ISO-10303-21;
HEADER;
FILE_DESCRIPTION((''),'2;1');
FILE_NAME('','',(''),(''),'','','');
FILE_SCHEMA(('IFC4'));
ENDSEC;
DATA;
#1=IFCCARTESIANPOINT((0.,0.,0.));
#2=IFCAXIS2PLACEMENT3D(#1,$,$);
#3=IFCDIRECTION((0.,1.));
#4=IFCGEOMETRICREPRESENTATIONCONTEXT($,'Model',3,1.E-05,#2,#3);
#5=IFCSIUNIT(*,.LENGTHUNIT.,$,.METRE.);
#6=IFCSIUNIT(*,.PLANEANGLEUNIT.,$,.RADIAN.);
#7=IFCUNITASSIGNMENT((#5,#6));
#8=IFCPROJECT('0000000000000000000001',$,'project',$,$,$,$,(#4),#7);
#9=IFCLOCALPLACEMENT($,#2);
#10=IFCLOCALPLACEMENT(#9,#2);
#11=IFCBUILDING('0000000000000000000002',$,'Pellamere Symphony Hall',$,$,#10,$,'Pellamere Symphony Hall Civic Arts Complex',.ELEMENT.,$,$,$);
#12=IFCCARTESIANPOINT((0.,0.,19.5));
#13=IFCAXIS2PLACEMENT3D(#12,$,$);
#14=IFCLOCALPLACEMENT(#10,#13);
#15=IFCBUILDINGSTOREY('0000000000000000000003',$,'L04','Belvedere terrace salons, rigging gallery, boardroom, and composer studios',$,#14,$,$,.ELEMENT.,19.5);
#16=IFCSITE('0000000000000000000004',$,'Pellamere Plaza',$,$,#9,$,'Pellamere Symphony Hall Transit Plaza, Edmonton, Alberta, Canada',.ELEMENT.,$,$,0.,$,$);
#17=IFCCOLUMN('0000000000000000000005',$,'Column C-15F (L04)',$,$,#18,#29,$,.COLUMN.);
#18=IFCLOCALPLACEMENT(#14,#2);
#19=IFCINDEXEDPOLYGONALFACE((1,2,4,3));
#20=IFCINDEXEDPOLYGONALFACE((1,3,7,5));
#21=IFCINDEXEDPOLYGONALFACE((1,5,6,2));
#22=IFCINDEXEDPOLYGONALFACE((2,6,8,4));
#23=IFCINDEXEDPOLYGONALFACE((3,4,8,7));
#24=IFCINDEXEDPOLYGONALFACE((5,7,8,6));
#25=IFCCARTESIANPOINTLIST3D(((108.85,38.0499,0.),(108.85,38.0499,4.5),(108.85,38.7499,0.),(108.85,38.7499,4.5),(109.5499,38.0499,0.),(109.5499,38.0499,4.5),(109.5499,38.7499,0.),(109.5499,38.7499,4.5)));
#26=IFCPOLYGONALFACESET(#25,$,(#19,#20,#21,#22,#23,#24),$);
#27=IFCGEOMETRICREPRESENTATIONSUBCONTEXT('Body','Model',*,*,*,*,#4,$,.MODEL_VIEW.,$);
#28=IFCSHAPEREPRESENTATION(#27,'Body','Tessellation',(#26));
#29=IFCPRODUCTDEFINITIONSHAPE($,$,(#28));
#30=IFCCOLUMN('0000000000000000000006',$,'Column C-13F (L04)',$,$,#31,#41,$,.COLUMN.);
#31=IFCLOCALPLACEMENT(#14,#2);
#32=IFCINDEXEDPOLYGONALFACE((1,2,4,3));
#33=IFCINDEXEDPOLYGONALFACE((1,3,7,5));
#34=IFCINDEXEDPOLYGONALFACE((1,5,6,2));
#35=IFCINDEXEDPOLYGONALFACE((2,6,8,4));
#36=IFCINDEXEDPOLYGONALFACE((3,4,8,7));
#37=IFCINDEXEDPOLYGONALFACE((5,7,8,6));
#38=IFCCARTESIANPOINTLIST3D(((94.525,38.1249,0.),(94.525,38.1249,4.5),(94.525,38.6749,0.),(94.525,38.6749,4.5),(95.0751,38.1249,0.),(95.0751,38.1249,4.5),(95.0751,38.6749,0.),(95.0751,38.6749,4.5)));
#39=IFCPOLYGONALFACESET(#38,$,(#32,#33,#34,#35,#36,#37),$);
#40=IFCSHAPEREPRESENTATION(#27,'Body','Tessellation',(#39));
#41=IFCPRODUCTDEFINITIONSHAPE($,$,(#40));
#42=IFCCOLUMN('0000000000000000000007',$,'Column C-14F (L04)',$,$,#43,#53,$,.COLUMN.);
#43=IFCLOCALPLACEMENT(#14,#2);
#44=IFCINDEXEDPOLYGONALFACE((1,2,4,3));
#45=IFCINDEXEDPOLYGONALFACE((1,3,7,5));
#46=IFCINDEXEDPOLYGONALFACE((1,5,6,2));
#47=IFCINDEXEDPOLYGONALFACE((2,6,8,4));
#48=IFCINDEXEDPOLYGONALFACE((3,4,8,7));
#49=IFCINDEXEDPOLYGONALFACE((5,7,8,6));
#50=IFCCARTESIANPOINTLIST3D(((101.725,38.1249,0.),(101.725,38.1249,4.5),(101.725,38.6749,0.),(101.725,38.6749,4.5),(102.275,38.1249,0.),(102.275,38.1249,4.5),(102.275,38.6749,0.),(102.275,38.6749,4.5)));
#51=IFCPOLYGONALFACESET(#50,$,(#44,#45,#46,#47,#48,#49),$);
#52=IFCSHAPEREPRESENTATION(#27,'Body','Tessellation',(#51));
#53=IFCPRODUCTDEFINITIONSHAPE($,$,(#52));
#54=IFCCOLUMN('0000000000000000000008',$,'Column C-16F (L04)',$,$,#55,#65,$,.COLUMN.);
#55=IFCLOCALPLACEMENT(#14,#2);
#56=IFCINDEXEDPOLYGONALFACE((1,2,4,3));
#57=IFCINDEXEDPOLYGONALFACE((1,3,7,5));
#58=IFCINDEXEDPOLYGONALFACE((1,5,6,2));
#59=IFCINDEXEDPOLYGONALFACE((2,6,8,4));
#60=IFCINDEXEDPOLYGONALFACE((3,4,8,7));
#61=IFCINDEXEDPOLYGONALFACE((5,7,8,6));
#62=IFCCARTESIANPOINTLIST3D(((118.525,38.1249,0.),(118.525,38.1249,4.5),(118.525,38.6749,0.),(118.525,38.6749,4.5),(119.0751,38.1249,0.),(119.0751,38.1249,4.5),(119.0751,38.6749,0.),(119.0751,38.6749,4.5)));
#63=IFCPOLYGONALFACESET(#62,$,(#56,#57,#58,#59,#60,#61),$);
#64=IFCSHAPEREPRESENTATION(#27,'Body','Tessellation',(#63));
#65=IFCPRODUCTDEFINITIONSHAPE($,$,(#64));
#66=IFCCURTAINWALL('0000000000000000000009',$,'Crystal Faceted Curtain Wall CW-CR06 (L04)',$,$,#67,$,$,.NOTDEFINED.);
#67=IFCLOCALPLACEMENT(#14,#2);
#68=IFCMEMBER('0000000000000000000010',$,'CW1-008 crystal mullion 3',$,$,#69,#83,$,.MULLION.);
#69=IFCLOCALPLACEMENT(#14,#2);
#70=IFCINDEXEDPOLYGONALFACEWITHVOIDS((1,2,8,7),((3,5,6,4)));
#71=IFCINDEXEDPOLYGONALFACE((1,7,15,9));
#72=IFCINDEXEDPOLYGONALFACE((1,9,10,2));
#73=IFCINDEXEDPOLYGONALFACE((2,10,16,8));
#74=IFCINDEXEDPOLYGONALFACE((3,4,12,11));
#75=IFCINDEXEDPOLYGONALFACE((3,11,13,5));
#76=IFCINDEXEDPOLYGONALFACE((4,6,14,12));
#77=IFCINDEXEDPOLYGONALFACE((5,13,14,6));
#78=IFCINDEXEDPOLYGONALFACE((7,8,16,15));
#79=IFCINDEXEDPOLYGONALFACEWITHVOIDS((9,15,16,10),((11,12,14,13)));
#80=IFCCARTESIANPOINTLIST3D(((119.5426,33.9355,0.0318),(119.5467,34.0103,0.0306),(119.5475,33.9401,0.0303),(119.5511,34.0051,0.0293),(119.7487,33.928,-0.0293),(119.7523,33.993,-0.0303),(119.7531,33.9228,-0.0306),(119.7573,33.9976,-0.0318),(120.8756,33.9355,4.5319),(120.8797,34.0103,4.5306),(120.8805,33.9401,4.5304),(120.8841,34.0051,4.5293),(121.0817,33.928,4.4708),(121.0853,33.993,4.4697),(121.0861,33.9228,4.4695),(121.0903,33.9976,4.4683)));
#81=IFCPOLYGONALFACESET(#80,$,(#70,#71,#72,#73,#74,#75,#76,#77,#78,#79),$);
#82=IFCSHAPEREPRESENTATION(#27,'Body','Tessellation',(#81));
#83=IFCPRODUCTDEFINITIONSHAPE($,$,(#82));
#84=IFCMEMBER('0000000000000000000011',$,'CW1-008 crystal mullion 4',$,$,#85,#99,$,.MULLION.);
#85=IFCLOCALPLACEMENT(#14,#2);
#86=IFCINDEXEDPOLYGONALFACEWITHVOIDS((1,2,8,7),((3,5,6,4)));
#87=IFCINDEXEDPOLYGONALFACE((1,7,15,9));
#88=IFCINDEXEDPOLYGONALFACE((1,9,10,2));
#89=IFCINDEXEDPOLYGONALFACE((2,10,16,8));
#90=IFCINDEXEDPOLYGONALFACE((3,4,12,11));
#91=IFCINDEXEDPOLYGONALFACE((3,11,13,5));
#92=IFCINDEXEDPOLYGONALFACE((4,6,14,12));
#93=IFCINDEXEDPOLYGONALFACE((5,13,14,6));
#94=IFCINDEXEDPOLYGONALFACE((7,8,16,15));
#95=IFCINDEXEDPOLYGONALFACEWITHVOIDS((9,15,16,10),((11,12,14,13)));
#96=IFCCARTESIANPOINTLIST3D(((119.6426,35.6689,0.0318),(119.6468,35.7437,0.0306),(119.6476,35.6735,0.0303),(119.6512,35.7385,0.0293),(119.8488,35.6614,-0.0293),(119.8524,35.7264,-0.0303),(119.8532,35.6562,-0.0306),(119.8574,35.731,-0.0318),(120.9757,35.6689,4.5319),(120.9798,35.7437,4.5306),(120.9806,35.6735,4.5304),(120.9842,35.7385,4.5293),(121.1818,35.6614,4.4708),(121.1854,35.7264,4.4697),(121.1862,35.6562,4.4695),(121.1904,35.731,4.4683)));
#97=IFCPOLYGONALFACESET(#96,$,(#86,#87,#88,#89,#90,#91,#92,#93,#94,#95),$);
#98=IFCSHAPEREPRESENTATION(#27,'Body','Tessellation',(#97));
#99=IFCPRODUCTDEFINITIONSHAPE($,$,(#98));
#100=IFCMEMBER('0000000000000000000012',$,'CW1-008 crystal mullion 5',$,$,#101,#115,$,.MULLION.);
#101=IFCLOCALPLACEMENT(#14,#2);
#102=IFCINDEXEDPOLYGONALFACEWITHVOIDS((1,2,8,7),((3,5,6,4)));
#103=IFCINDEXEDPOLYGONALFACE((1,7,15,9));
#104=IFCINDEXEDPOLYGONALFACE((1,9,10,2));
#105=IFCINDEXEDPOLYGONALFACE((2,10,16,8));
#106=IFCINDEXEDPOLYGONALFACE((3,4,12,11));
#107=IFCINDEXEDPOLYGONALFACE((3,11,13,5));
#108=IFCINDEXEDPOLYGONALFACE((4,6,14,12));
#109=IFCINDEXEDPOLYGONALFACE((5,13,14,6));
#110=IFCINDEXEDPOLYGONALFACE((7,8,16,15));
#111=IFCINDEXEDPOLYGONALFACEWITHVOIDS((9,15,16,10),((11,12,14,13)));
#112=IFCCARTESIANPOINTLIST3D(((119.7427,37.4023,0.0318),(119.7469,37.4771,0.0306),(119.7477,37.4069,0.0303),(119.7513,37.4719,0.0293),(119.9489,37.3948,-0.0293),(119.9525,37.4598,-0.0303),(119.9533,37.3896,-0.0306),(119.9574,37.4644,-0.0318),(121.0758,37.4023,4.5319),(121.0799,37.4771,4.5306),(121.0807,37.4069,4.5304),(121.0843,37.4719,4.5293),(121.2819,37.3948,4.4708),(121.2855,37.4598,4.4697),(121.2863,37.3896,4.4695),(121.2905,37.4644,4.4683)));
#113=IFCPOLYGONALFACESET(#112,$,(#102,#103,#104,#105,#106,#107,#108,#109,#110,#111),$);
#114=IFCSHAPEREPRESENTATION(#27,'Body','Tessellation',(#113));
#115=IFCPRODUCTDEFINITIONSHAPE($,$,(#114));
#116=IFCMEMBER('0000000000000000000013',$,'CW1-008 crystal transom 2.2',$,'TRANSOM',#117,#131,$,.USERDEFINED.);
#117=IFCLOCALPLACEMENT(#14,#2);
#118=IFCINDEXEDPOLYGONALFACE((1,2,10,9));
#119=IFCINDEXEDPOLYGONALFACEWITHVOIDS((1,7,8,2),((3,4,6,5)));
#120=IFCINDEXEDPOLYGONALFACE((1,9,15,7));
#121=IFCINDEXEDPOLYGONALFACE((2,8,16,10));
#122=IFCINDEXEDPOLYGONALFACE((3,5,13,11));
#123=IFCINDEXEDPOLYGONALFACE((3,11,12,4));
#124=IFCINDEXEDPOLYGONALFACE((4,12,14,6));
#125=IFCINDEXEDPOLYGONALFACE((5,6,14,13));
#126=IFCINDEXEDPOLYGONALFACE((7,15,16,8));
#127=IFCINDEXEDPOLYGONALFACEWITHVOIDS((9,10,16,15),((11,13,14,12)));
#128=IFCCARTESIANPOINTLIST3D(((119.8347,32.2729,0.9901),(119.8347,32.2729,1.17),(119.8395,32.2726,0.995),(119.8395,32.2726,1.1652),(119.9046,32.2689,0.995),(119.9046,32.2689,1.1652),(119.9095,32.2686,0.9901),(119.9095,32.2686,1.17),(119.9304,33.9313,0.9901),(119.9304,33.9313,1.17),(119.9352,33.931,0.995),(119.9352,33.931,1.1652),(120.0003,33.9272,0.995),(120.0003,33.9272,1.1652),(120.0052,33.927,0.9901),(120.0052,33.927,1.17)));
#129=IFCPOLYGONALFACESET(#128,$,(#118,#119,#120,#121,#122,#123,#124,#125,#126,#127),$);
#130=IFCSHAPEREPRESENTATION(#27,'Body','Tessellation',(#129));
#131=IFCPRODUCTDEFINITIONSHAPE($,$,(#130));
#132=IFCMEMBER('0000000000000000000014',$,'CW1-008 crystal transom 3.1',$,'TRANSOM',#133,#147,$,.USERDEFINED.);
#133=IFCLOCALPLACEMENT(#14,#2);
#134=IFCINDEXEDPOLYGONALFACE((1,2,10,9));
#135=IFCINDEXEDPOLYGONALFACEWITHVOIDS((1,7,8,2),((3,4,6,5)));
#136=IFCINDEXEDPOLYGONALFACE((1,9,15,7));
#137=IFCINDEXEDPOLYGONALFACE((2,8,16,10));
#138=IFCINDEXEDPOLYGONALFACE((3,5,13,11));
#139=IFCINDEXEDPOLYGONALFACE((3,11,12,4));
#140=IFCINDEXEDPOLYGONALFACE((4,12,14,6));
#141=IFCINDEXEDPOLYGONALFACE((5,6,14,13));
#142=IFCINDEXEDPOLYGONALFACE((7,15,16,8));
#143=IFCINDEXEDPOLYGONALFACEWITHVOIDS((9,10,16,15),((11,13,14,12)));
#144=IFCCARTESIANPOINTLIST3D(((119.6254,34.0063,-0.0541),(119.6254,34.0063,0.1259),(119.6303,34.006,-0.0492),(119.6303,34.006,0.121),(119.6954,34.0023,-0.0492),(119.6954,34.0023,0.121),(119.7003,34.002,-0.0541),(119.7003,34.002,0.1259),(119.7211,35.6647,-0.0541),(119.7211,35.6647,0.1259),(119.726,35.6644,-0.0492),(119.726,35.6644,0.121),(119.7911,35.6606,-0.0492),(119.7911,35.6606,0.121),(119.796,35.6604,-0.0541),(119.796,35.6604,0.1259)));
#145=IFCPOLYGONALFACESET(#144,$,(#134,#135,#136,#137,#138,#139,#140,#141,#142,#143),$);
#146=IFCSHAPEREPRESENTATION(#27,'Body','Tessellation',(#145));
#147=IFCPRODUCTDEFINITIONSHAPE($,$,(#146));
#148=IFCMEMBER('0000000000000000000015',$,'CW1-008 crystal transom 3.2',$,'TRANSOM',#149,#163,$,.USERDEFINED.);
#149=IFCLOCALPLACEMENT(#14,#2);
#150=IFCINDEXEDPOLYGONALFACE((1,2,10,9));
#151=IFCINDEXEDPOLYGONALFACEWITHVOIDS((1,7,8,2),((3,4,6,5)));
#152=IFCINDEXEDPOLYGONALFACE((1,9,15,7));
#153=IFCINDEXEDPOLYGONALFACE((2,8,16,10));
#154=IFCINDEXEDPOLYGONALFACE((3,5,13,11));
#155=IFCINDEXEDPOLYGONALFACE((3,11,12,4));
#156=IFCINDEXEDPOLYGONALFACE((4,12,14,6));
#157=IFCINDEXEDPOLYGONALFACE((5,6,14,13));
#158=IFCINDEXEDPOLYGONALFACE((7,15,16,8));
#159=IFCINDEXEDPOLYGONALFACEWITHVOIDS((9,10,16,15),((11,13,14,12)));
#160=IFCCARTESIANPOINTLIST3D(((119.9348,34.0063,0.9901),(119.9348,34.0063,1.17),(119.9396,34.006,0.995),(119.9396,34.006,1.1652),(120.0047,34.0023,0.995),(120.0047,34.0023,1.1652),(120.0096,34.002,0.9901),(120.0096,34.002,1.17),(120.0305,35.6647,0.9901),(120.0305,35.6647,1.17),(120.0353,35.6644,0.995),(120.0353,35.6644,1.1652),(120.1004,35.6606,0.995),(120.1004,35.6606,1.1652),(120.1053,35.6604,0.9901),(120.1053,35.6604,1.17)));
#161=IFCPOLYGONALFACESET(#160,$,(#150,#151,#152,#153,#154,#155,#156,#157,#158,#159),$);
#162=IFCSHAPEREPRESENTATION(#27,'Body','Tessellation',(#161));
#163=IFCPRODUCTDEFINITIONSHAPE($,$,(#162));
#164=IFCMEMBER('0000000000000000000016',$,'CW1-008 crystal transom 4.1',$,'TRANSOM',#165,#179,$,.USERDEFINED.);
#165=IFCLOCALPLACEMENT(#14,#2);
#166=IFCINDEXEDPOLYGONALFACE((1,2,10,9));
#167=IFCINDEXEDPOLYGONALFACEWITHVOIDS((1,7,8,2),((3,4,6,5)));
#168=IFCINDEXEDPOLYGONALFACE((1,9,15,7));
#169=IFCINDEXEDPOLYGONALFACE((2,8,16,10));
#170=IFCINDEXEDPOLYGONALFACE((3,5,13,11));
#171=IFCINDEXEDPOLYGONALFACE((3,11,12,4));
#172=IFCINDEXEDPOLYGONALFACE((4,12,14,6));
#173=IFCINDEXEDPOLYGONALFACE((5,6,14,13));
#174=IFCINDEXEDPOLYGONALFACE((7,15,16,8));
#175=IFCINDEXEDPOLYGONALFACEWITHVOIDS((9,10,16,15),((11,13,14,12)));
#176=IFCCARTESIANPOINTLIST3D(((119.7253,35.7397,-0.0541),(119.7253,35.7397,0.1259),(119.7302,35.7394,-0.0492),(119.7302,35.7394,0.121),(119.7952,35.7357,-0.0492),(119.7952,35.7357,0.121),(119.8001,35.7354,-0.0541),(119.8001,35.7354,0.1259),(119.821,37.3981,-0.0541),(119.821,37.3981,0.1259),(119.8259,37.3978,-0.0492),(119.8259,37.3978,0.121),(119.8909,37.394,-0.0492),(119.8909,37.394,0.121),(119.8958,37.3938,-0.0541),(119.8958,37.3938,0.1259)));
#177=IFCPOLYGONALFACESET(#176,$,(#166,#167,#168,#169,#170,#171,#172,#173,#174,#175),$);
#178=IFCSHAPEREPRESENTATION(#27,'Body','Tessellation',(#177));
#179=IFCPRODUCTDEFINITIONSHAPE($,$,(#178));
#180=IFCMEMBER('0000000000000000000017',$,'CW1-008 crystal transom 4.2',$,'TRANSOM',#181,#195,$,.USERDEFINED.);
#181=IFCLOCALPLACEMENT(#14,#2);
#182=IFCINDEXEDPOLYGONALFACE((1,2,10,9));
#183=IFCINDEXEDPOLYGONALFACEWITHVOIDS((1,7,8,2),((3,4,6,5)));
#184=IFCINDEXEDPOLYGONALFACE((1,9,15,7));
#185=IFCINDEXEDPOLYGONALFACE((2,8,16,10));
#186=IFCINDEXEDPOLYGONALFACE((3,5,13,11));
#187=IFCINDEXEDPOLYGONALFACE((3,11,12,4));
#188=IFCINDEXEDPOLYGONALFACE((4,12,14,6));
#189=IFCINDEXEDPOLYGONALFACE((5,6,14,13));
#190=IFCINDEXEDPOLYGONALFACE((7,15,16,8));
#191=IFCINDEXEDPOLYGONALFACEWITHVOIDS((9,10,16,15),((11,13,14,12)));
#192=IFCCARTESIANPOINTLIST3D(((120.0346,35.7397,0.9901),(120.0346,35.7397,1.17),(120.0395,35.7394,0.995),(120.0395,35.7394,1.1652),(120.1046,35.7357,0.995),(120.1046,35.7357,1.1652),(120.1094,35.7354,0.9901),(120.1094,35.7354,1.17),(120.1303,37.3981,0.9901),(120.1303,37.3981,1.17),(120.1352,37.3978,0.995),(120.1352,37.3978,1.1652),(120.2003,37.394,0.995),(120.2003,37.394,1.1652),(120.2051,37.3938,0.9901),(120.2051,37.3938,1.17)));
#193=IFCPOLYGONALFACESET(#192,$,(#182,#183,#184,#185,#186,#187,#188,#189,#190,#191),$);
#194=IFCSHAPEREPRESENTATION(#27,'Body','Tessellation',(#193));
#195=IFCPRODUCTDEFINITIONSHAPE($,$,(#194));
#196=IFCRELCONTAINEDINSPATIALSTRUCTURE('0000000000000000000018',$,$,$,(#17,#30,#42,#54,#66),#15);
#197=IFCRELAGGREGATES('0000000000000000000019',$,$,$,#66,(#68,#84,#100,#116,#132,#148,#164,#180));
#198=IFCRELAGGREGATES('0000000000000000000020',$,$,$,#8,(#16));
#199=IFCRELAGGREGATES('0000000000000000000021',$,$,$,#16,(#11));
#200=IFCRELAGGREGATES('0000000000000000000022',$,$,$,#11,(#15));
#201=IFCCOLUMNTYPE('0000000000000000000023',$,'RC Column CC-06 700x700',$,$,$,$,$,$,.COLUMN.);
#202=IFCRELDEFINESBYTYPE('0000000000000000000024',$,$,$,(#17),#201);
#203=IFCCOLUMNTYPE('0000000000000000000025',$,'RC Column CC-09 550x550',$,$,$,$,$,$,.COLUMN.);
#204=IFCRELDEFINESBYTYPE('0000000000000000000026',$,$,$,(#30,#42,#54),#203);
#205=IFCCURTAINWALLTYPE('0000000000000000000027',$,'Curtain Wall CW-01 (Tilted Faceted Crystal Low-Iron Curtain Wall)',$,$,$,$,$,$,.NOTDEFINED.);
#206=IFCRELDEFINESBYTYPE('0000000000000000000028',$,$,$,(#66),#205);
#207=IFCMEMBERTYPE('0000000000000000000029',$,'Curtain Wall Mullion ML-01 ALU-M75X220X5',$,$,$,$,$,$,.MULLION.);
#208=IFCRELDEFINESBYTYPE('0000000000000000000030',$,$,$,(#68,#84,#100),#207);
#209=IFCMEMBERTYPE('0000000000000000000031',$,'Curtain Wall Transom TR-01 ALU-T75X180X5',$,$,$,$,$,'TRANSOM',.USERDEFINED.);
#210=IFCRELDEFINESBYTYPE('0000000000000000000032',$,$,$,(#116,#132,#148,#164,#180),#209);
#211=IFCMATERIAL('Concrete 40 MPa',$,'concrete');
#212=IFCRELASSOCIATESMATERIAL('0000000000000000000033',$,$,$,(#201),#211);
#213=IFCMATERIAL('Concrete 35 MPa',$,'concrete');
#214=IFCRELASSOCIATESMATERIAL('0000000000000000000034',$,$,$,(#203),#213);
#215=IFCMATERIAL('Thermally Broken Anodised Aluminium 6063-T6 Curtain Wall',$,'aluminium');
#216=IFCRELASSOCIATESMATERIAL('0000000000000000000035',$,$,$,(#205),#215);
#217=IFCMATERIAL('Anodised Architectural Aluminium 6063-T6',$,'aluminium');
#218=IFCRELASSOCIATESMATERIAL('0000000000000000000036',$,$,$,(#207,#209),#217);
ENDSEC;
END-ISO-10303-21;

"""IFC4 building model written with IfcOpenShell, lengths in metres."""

from ifc_helpers import new_model, si_unit, direction, frame, origin, origin_2d, place, context, subcontext, project, spatial, rectangle, hollow_rectangle, extrude, material, material_profile, profile_set, type_object, element, aggregate, save


model = new_model("IFC4")

# Units and contexts
model_context = context("Model", 3, precision=1e-05, world=origin(), true_north=direction((0.0, 1.0)))
body_context = subcontext(model_context, "Body", "Model", "MODEL_VIEW")
ifc_project = project(units=[si_unit("LENGTHUNIT", "METRE"), si_unit("PLANEANGLEUNIT", "RADIAN")], contexts=[model_context])

# Site, building, storey
site_placement = place(None, origin())
site = spatial("IfcSite", under=ifc_project, at=site_placement, Name="Pellamere Plaza", LongName="Pellamere Symphony Hall Transit Plaza, Edmonton, Alberta, Canada", CompositionType="ELEMENT", RefElevation=0.0)
building_placement = place(site_placement, origin())
building = spatial("IfcBuilding", under=site, at=building_placement, Name="Pellamere Symphony Hall", LongName="Pellamere Symphony Hall Civic Arts Complex", CompositionType="ELEMENT")
storey_placement = place(building_placement, frame((0.0, 0.0, 19.5)))
storey = spatial("IfcBuildingStorey", under=building, at=storey_placement, Name="L04", Description="Belvedere terrace salons, rigging gallery, boardroom, and composer studios", CompositionType="ELEMENT", Elevation=19.5)

# Columns
ifc_material_1 = material(Name="Concrete 40 MPa", Category="concrete")
ifc_material_profile_1 = material_profile(ifc_material_1, rectangle(XDim=0.7, YDim=0.7, at=origin_2d()), Name="RC 700x700")
ifc_profile_set_1 = profile_set([ifc_material_profile_1], Name="Concrete 40 MPa")
column_type_1 = type_object("IfcColumnType", Name="RC Column CC-06 700x700", PredefinedType="COLUMN", material=ifc_profile_set_1)
column_placement = place(storey_placement, frame((109.2, 38.3999, 0.0), z_axis=(0.0, 0.0, 1.0), x_axis=(1.0, 0.0, 0.0)))
element("IfcColumn", 1, at=column_placement, inside=storey, type_object=column_type_1, Name="Column C-15F (L04)", PredefinedType="COLUMN", context=body_context, shape_type="SweptSolid", body=[
    extrude(rectangle(XDim=0.7, YDim=0.7, at=origin_2d()), origin(), (0.0, 0.0, 1.0), 4.5),
])
ifc_material_2 = material(Name="Concrete 35 MPa", Category="concrete")
ifc_material_profile_2 = material_profile(ifc_material_2, rectangle(XDim=0.55, YDim=0.55, at=origin_2d()), Name="RC 550x550")
ifc_profile_set_2 = profile_set([ifc_material_profile_2], Name="Concrete 35 MPa")
column_type_2 = type_object("IfcColumnType", Name="RC Column CC-09 550x550", PredefinedType="COLUMN", material=ifc_profile_set_2)
for number, where, z_axis, x_axis, name in (
    (2, (94.8, 38.3999, 0.0), (0.0, 0.0, 1.0), (1.0, 0.0, 0.0), "Column C-13F (L04)"),
    (3, (102.0, 38.3999, 0.0), (0.0, 0.0, 1.0), (1.0, 0.0, 0.0), "Column C-14F (L04)"),
    (4, (118.8, 38.3999, 0.0), (0.0, 0.0, 1.0), (1.0, 0.0, 0.0), "Column C-16F (L04)"),
):
    element("IfcColumn", number, at=place(storey_placement, frame(where, z_axis=z_axis, x_axis=x_axis)), inside=storey, type_object=column_type_2, Name=name, PredefinedType="COLUMN", context=body_context, shape_type="SweptSolid", body=[
        extrude(rectangle(XDim=0.55, YDim=0.55, at=origin_2d()), origin(), (0.0, 0.0, 1.0), 4.5),
    ])

# Curtain wall, members
ifc_material_3 = material(Name="Thermally Broken Anodised Aluminium 6063-T6 Curtain Wall", Category="aluminium")
curtain_wall_type = type_object("IfcCurtainWallType", Name="Curtain Wall CW-01 (Tilted Faceted Crystal Low-Iron Curtain Wall)", PredefinedType="NOTDEFINED", material=ifc_material_3)
curtain_wall_placement = place(storey_placement, origin())
curtain_wall = element("IfcCurtainWall", 5, at=curtain_wall_placement, inside=storey, type_object=curtain_wall_type, Name="Crystal Faceted Curtain Wall CW-CR06 (L04)", PredefinedType="NOTDEFINED")
ifc_material_4 = material(Name="Anodised Architectural Aluminium 6063-T6", Category="aluminium")
ifc_material_profile_3 = material_profile(ifc_material_4, hollow_rectangle(XDim=0.075, YDim=0.22, WallThickness=0.0049, at=origin_2d()), Name="ALU-M75X220X5")
ifc_profile_set_3 = profile_set([ifc_material_profile_3], Name="Anodised Architectural Aluminium 6063-T6")
member_type_1 = type_object("IfcMemberType", Name="Curtain Wall Mullion ML-01 ALU-M75X220X5", PredefinedType="MULLION", material=ifc_profile_set_3)
member_1_placement = place(storey_placement, frame((119.6499, 33.9666, 0.0), z_axis=(0.284025, 0.0, 0.958817), x_axis=(-0.055225, -0.99834, 0.016359)))
member_1 = element("IfcMember", 6, at=member_1_placement, type_object=member_type_1, Name="CW1-008 crystal mullion 3", PredefinedType="MULLION", context=body_context, shape_type="SweptSolid", body=[
    extrude(hollow_rectangle(XDim=0.075, YDim=0.22, WallThickness=0.0049, at=origin_2d()), origin(), (0.0, 0.0, 1.0), 4.6934),
])
member_2_placement = place(storey_placement, frame((119.75, 35.7, 0.0), z_axis=(0.284025, 0.0, 0.958817), x_axis=(-0.055225, -0.99834, 0.016359)))
member_2 = element("IfcMember", 7, at=member_2_placement, type_object=member_type_1, Name="CW1-008 crystal mullion 4", PredefinedType="MULLION", context=body_context, shape_type="SweptSolid", body=[
    extrude(hollow_rectangle(XDim=0.075, YDim=0.22, WallThickness=0.0049, at=origin_2d()), origin(), (0.0, 0.0, 1.0), 4.6934),
])
member_3_placement = place(storey_placement, frame((119.8501, 37.4333, 0.0), z_axis=(0.284025, 0.0, 0.958817), x_axis=(-0.055225, -0.99834, 0.016359)))
member_3 = element("IfcMember", 8, at=member_3_placement, type_object=member_type_1, Name="CW1-008 crystal mullion 5", PredefinedType="MULLION", context=body_context, shape_type="SweptSolid", body=[
    extrude(hollow_rectangle(XDim=0.075, YDim=0.22, WallThickness=0.0049, at=origin_2d()), origin(), (0.0, 0.0, 1.0), 4.6934),
])
ifc_material_profile_4 = material_profile(ifc_material_4, hollow_rectangle(XDim=0.075, YDim=0.1799, WallThickness=0.0049, at=origin_2d()), Name="ALU-T75X180X5")
ifc_profile_set_4 = profile_set([ifc_material_profile_4], Name="Anodised Architectural Aluminium 6063-T6")
member_type_2 = type_object("IfcMemberType", Name="Curtain Wall Transom TR-01 ALU-T75X180X5", ElementType="TRANSOM", PredefinedType="USERDEFINED", material=ifc_profile_set_4)
member_4_placement = place(storey_placement, frame((119.8721, 32.2708, 1.0801), z_axis=(0.057611, 0.998339, 0.0), x_axis=(-0.998339, 0.057611, 0.0)))
member_4 = element("IfcMember", 9, at=member_4_placement, type_object=member_type_2, Name="CW1-008 crystal transom 2.2", ObjectType="TRANSOM", PredefinedType="USERDEFINED", context=body_context, shape_type="SweptSolid", body=[
    extrude(hollow_rectangle(XDim=0.075, YDim=0.1799, WallThickness=0.0049, at=origin_2d()), origin(), (0.0, 0.0, 1.0), 1.6611),
])
member_5_placement = place(storey_placement, frame((119.6628, 34.0042, 0.0359), z_axis=(0.057611, 0.998339, 0.0), x_axis=(-0.998339, 0.057611, 0.0)))
member_5 = element("IfcMember", 10, at=member_5_placement, type_object=member_type_2, Name="CW1-008 crystal transom 3.1", ObjectType="TRANSOM", PredefinedType="USERDEFINED", context=body_context, shape_type="SweptSolid", body=[
    extrude(hollow_rectangle(XDim=0.075, YDim=0.1799, WallThickness=0.0049, at=origin_2d()), origin(), (0.0, 0.0, 1.0), 1.6611),
])
member_6_placement = place(storey_placement, frame((119.9722, 34.0042, 1.0801), z_axis=(0.057611, 0.998339, 0.0), x_axis=(-0.998339, 0.057611, 0.0)))
member_6 = element("IfcMember", 11, at=member_6_placement, type_object=member_type_2, Name="CW1-008 crystal transom 3.2", ObjectType="TRANSOM", PredefinedType="USERDEFINED", context=body_context, shape_type="SweptSolid", body=[
    extrude(hollow_rectangle(XDim=0.075, YDim=0.1799, WallThickness=0.0049, at=origin_2d()), origin(), (0.0, 0.0, 1.0), 1.6611),
])
member_7_placement = place(storey_placement, frame((119.7627, 35.7375, 0.0359), z_axis=(0.057611, 0.998339, 0.0), x_axis=(-0.998339, 0.057611, 0.0)))
member_7 = element("IfcMember", 12, at=member_7_placement, type_object=member_type_2, Name="CW1-008 crystal transom 4.1", ObjectType="TRANSOM", PredefinedType="USERDEFINED", context=body_context, shape_type="SweptSolid", body=[
    extrude(hollow_rectangle(XDim=0.075, YDim=0.1799, WallThickness=0.0049, at=origin_2d()), origin(), (0.0, 0.0, 1.0), 1.6611),
])
member_8_placement = place(storey_placement, frame((120.072, 35.7375, 1.0801), z_axis=(0.057611, 0.998339, 0.0), x_axis=(-0.998339, 0.057611, 0.0)))
member_8 = element("IfcMember", 13, at=member_8_placement, type_object=member_type_2, Name="CW1-008 crystal transom 4.2", ObjectType="TRANSOM", PredefinedType="USERDEFINED", context=body_context, shape_type="SweptSolid", body=[
    extrude(hollow_rectangle(XDim=0.075, YDim=0.1799, WallThickness=0.0049, at=origin_2d()), origin(), (0.0, 0.0, 1.0), 1.6611),
])

aggregate(curtain_wall, [member_1, member_2, member_3, member_4, member_5, member_6, member_7, member_8])

save(model, "model.ifc")
